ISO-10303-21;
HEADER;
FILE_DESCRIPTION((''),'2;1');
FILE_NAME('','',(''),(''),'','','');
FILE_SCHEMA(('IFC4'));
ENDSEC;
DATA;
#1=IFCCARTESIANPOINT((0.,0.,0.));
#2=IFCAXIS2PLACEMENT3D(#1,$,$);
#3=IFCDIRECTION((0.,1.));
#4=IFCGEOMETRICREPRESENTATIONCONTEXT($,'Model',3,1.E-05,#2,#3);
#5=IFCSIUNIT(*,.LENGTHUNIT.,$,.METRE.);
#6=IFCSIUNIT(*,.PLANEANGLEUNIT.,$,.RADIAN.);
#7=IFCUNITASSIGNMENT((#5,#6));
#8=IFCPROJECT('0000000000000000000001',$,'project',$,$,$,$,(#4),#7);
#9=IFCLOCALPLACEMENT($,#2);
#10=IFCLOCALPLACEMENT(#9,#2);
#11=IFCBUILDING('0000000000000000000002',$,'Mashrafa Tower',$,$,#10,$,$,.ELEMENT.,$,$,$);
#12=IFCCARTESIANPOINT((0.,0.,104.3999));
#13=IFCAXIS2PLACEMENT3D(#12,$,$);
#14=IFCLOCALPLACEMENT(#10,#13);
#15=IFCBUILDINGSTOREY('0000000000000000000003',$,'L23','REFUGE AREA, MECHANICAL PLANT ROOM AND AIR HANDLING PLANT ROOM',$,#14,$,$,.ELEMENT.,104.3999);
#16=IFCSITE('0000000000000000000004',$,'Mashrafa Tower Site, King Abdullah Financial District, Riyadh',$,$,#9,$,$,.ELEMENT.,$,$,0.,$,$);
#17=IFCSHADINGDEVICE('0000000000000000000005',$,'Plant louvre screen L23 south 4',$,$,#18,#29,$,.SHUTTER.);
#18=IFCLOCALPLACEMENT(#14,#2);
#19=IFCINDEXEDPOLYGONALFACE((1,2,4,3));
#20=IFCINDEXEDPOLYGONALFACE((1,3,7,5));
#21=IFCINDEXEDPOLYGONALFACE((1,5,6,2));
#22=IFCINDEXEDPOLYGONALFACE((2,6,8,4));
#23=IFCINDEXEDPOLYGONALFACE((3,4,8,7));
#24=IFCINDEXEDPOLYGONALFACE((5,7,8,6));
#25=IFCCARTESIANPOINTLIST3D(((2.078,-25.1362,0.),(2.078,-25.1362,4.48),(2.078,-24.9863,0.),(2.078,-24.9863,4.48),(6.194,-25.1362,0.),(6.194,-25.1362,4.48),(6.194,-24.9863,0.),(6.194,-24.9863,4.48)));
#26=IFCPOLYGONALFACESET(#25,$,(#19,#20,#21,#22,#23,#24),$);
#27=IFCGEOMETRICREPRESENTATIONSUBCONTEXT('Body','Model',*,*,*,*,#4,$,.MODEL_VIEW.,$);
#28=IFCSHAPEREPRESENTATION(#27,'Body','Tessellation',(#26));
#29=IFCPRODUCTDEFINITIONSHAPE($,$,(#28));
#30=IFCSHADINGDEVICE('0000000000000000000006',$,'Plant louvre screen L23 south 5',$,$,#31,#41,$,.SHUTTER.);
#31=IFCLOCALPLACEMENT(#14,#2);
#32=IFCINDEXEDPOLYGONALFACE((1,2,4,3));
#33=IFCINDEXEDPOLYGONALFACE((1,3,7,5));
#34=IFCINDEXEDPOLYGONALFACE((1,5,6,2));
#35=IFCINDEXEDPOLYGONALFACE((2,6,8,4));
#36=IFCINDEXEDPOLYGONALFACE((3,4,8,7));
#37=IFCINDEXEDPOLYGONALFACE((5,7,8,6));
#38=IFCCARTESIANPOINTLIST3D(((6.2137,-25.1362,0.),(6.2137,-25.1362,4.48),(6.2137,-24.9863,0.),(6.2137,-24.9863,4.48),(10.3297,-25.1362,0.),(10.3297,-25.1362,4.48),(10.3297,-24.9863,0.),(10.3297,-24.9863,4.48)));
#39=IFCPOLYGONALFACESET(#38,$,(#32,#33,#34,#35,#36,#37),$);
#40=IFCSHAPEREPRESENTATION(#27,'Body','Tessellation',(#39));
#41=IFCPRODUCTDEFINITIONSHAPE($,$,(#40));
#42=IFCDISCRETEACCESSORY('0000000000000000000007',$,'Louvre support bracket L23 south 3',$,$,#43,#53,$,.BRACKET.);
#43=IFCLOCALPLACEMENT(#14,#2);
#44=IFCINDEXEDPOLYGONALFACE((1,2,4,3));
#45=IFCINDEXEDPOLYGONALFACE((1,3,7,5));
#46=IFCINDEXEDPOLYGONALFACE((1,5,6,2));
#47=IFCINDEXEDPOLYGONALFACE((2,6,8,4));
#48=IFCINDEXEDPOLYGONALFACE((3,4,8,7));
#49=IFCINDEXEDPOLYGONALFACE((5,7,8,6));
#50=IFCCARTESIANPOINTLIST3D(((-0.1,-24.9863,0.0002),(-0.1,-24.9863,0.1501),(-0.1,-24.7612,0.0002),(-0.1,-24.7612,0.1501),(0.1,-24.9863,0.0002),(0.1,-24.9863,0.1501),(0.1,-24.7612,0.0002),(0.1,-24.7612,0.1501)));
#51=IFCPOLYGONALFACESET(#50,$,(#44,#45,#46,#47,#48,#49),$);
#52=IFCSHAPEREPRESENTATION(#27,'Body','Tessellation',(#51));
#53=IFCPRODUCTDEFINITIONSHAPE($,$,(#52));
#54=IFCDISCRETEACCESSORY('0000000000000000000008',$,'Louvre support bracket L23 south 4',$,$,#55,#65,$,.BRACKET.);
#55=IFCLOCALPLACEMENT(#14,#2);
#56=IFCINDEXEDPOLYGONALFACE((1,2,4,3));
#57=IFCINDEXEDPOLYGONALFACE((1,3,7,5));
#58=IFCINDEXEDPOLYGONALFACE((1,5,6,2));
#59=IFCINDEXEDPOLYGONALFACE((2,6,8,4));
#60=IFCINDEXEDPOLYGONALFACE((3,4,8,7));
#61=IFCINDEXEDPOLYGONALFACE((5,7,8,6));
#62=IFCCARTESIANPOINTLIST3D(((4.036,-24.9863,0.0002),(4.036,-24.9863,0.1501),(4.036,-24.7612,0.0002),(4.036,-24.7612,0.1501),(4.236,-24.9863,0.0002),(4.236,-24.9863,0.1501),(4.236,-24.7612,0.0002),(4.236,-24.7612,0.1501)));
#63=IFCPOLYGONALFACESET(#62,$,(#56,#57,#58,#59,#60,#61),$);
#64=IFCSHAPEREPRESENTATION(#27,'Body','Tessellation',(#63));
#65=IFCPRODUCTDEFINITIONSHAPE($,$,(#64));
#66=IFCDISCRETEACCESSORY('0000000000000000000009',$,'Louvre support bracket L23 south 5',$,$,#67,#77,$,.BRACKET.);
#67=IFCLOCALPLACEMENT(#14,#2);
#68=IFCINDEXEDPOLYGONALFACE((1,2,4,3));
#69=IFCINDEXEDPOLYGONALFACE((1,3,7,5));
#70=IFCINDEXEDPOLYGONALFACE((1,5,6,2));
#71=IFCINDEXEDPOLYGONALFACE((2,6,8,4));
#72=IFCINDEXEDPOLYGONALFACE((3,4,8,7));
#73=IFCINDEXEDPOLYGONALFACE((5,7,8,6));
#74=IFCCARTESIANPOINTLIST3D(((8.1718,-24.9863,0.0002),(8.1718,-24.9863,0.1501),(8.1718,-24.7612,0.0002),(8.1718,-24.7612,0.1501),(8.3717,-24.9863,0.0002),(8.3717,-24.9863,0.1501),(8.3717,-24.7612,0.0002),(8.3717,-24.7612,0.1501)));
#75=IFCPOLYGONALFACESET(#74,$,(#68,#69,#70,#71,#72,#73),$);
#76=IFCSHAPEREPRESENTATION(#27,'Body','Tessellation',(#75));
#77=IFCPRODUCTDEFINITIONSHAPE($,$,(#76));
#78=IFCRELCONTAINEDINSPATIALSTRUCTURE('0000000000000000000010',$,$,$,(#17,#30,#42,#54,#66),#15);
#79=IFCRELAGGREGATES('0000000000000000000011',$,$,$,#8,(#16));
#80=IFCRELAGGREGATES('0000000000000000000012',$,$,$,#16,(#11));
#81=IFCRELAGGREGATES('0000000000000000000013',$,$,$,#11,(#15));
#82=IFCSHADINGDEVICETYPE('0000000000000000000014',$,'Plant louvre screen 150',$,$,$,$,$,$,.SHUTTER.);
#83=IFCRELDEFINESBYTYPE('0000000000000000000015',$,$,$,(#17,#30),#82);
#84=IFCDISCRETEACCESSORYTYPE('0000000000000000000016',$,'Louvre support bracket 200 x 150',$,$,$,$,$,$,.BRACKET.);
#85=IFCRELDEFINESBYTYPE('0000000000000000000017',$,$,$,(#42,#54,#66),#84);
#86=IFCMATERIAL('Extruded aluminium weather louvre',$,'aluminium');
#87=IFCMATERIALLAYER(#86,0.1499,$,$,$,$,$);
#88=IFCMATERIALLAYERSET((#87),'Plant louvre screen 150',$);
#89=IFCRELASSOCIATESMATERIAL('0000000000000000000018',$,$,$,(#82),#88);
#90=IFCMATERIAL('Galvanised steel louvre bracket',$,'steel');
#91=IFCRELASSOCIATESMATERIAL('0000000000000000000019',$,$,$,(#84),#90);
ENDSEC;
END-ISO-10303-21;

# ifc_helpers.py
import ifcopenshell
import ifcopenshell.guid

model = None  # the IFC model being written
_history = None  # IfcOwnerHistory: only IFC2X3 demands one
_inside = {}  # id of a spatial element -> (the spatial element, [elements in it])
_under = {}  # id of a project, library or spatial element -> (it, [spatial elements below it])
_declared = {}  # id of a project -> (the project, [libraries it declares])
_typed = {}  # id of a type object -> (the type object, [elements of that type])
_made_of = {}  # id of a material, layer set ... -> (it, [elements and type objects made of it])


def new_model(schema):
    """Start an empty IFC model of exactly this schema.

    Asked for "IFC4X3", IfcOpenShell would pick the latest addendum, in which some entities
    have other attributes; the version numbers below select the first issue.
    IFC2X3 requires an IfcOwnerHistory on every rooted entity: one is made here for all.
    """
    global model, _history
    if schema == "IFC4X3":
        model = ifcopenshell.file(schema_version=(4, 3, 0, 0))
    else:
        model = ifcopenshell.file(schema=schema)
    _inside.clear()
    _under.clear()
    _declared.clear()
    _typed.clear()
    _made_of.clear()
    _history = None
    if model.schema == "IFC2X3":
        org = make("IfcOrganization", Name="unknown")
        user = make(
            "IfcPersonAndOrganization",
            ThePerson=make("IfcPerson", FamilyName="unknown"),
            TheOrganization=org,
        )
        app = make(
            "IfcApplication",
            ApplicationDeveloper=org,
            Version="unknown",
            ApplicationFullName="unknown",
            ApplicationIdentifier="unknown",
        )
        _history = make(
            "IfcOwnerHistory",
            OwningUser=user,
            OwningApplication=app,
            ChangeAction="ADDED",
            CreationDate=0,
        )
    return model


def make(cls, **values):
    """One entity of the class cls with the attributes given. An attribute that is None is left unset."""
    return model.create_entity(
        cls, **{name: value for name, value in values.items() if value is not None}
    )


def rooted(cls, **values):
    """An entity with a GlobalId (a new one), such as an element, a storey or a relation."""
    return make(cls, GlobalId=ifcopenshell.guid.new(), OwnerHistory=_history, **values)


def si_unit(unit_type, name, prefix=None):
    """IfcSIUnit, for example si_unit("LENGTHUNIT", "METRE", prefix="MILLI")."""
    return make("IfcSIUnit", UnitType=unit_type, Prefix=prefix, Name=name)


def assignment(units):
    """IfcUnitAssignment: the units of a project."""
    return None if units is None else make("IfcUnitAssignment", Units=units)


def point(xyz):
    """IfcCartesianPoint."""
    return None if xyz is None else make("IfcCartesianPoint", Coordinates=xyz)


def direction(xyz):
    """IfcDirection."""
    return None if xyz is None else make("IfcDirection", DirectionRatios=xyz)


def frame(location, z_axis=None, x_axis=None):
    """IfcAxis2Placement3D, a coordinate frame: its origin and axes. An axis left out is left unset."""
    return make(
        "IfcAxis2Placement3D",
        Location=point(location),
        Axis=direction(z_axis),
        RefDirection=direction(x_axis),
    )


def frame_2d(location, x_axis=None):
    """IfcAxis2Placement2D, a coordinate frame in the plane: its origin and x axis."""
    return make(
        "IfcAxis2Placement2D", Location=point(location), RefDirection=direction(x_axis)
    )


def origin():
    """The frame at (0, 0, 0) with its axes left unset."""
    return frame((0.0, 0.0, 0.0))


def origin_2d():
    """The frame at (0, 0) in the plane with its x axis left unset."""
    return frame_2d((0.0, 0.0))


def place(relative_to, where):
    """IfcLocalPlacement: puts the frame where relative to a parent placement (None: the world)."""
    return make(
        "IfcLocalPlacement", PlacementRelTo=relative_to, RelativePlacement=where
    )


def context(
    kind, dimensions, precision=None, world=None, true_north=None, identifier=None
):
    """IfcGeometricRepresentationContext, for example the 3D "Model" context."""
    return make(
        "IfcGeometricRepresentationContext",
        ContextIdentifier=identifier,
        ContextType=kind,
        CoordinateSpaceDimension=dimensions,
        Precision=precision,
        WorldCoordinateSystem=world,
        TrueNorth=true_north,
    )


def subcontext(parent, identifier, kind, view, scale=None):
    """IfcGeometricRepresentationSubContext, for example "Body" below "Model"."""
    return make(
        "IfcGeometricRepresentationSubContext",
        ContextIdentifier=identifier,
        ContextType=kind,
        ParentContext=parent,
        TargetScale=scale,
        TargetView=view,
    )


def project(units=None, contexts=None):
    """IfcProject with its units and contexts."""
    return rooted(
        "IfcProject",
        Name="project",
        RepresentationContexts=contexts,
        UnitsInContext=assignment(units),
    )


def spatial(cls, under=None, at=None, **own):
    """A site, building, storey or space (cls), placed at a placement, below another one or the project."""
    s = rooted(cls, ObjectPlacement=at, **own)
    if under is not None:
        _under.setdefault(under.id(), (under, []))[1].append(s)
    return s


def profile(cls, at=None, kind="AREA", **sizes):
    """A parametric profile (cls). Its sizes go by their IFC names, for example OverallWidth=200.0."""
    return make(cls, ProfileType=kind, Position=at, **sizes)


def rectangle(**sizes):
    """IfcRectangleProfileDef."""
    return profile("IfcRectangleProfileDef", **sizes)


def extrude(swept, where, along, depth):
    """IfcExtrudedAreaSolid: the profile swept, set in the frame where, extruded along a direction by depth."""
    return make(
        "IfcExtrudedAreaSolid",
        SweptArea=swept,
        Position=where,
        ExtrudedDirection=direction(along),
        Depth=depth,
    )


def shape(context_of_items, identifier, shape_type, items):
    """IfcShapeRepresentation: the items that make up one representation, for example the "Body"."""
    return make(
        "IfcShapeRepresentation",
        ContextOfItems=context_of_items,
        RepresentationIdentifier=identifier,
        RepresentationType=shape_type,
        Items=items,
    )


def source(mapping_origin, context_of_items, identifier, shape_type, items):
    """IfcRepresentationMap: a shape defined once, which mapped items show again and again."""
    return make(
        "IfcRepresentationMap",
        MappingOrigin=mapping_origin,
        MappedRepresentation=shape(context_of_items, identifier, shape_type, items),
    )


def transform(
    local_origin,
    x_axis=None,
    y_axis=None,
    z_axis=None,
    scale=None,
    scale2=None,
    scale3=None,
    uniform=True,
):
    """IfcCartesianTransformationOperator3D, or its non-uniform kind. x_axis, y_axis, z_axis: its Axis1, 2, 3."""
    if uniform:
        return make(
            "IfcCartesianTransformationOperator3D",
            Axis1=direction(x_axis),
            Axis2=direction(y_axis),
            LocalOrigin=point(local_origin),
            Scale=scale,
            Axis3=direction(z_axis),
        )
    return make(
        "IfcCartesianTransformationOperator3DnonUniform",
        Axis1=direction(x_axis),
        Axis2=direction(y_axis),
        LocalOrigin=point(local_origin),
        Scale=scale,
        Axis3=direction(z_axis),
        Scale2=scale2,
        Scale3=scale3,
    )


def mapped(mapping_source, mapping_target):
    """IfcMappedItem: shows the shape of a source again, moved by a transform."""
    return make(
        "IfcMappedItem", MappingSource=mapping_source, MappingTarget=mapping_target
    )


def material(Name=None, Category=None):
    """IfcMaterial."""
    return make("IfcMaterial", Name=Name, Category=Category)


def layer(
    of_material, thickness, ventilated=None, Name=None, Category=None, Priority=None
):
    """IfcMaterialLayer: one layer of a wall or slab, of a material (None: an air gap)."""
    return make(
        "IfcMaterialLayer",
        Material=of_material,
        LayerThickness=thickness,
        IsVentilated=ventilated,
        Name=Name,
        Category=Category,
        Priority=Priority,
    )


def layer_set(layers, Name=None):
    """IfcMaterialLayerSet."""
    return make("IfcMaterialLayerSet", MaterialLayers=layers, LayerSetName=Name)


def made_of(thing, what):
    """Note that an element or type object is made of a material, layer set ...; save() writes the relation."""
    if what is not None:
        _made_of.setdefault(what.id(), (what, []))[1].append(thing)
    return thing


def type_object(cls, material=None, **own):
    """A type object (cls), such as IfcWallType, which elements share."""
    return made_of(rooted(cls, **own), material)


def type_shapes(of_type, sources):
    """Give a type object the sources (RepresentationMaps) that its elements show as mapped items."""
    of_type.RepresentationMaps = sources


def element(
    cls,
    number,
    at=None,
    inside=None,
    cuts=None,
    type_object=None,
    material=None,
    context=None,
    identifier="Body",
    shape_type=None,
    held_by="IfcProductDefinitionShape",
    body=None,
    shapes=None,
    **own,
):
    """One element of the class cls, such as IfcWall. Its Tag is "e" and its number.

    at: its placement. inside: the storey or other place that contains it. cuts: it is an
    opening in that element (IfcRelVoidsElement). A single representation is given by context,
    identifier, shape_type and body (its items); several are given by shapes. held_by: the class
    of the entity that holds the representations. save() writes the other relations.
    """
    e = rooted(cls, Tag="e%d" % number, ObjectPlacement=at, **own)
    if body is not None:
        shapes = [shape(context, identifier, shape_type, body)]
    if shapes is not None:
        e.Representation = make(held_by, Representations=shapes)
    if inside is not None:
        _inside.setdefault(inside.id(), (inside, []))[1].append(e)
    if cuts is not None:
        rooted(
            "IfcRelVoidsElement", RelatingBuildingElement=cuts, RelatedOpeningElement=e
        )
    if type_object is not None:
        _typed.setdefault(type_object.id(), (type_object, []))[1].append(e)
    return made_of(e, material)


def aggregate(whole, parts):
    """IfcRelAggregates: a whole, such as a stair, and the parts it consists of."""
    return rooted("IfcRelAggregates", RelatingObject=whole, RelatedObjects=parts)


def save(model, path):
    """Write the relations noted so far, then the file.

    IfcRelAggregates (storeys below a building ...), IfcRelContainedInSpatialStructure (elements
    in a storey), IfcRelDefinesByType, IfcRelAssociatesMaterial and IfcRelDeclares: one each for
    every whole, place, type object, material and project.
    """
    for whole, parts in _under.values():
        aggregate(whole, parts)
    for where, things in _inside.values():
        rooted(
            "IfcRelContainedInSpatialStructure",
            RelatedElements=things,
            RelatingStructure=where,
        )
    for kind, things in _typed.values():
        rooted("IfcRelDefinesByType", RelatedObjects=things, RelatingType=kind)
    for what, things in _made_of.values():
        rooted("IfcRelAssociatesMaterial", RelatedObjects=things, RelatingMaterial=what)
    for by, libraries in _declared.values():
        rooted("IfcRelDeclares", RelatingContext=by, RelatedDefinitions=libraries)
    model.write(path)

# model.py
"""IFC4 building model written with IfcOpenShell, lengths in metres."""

from ifc_helpers import new_model, si_unit, direction, frame, origin, origin_2d, place, context, subcontext, project, spatial, rectangle, extrude, source, transform, mapped, material, layer, layer_set, type_object, type_shapes, element, save


model = new_model("IFC4")

# Units and contexts
model_context = context("Model", 3, precision=1e-05, world=origin(), true_north=direction((0.0, 1.0)))
body_context = subcontext(model_context, "Body", "Model", "MODEL_VIEW")
ifc_project = project(units=[si_unit("LENGTHUNIT", "METRE"), si_unit("PLANEANGLEUNIT", "RADIAN")], contexts=[model_context])

# Site, building, storey
site_placement = place(None, origin())
site = spatial("IfcSite", under=ifc_project, at=site_placement, Name="Mashrafa Tower Site, King Abdullah Financial District, Riyadh", CompositionType="ELEMENT", RefElevation=0.0)
building_placement = place(site_placement, origin())
building = spatial("IfcBuilding", under=site, at=building_placement, Name="Mashrafa Tower", CompositionType="ELEMENT")
storey_placement = place(building_placement, frame((0.0, 0.0, 104.3999)))
storey = spatial("IfcBuildingStorey", under=building, at=storey_placement, Name="L23", Description="REFUGE AREA, MECHANICAL PLANT ROOM AND AIR HANDLING PLANT ROOM", CompositionType="ELEMENT", Elevation=104.3999)

# Shading devices
ifc_material_1 = material(Name="Extruded aluminium weather louvre", Category="aluminium")
ifc_layer = layer(ifc_material_1, 0.1499)
ifc_layer_set = layer_set([ifc_layer], Name="Plant louvre screen 150")
shading_device_type = type_object("IfcShadingDeviceType", Name="Plant louvre screen 150", PredefinedType="SHUTTER", material=ifc_layer_set)
shared_shape_1 = source(origin(), body_context, "Body", "SweptSolid", [
    extrude(rectangle(XDim=4.116, YDim=0.1499, at=origin_2d()), origin(), (0.0, 0.0, 1.0), 4.48),
])
type_shapes(shading_device_type, [shared_shape_1])
for number, where, z_axis, x_axis, name in (
    (1, (4.136, -25.0613, 0.0), (0.0, 0.0, 1.0), (1.0, 0.0, 0.0), "Plant louvre screen L23 south 4"),
    (2, (8.2717, -25.0613, 0.0), (0.0, 0.0, 1.0), (1.0, 0.0, 0.0), "Plant louvre screen L23 south 5"),
):
    element("IfcShadingDevice", number, at=place(storey_placement, frame(where, z_axis=z_axis, x_axis=x_axis)), inside=storey, type_object=shading_device_type, Name=name, PredefinedType="SHUTTER", context=body_context, shape_type="MappedRepresentation", body=[
        mapped(shared_shape_1, transform((0.0, 0.0, 0.0))),
    ])

# Discrete accessories
ifc_material_2 = material(Name="Galvanised steel louvre bracket", Category="steel")
discrete_accessory_type = type_object("IfcDiscreteAccessoryType", Name="Louvre support bracket 200 x 150", PredefinedType="BRACKET", material=ifc_material_2)
shared_shape_2 = source(origin(), body_context, "Body", "SweptSolid", [
    extrude(rectangle(XDim=0.2, YDim=0.2251, at=origin_2d()), origin(), (0.0, 0.0, 1.0), 0.1499),
])
type_shapes(discrete_accessory_type, [shared_shape_2])
for number, where, z_axis, x_axis, name in (
    (3, (0.0, -24.8738, 0.0002), (0.0, 0.0, 1.0), (1.0, 0.0, 0.0), "Louvre support bracket L23 south 3"),
    (4, (4.136, -24.8738, 0.0002), (0.0, 0.0, 1.0), (1.0, 0.0, 0.0), "Louvre support bracket L23 south 4"),
    (5, (8.2717, -24.8738, 0.0002), (0.0, 0.0, 1.0), (1.0, 0.0, 0.0), "Louvre support bracket L23 south 5"),
):
    element("IfcDiscreteAccessory", number, at=place(storey_placement, frame(where, z_axis=z_axis, x_axis=x_axis)), inside=storey, type_object=discrete_accessory_type, Name=name, PredefinedType="BRACKET", context=body_context, shape_type="MappedRepresentation", body=[
        mapped(shared_shape_2, transform((0.0, 0.0, 0.0))),
    ])

save(model, "model.ifc")
